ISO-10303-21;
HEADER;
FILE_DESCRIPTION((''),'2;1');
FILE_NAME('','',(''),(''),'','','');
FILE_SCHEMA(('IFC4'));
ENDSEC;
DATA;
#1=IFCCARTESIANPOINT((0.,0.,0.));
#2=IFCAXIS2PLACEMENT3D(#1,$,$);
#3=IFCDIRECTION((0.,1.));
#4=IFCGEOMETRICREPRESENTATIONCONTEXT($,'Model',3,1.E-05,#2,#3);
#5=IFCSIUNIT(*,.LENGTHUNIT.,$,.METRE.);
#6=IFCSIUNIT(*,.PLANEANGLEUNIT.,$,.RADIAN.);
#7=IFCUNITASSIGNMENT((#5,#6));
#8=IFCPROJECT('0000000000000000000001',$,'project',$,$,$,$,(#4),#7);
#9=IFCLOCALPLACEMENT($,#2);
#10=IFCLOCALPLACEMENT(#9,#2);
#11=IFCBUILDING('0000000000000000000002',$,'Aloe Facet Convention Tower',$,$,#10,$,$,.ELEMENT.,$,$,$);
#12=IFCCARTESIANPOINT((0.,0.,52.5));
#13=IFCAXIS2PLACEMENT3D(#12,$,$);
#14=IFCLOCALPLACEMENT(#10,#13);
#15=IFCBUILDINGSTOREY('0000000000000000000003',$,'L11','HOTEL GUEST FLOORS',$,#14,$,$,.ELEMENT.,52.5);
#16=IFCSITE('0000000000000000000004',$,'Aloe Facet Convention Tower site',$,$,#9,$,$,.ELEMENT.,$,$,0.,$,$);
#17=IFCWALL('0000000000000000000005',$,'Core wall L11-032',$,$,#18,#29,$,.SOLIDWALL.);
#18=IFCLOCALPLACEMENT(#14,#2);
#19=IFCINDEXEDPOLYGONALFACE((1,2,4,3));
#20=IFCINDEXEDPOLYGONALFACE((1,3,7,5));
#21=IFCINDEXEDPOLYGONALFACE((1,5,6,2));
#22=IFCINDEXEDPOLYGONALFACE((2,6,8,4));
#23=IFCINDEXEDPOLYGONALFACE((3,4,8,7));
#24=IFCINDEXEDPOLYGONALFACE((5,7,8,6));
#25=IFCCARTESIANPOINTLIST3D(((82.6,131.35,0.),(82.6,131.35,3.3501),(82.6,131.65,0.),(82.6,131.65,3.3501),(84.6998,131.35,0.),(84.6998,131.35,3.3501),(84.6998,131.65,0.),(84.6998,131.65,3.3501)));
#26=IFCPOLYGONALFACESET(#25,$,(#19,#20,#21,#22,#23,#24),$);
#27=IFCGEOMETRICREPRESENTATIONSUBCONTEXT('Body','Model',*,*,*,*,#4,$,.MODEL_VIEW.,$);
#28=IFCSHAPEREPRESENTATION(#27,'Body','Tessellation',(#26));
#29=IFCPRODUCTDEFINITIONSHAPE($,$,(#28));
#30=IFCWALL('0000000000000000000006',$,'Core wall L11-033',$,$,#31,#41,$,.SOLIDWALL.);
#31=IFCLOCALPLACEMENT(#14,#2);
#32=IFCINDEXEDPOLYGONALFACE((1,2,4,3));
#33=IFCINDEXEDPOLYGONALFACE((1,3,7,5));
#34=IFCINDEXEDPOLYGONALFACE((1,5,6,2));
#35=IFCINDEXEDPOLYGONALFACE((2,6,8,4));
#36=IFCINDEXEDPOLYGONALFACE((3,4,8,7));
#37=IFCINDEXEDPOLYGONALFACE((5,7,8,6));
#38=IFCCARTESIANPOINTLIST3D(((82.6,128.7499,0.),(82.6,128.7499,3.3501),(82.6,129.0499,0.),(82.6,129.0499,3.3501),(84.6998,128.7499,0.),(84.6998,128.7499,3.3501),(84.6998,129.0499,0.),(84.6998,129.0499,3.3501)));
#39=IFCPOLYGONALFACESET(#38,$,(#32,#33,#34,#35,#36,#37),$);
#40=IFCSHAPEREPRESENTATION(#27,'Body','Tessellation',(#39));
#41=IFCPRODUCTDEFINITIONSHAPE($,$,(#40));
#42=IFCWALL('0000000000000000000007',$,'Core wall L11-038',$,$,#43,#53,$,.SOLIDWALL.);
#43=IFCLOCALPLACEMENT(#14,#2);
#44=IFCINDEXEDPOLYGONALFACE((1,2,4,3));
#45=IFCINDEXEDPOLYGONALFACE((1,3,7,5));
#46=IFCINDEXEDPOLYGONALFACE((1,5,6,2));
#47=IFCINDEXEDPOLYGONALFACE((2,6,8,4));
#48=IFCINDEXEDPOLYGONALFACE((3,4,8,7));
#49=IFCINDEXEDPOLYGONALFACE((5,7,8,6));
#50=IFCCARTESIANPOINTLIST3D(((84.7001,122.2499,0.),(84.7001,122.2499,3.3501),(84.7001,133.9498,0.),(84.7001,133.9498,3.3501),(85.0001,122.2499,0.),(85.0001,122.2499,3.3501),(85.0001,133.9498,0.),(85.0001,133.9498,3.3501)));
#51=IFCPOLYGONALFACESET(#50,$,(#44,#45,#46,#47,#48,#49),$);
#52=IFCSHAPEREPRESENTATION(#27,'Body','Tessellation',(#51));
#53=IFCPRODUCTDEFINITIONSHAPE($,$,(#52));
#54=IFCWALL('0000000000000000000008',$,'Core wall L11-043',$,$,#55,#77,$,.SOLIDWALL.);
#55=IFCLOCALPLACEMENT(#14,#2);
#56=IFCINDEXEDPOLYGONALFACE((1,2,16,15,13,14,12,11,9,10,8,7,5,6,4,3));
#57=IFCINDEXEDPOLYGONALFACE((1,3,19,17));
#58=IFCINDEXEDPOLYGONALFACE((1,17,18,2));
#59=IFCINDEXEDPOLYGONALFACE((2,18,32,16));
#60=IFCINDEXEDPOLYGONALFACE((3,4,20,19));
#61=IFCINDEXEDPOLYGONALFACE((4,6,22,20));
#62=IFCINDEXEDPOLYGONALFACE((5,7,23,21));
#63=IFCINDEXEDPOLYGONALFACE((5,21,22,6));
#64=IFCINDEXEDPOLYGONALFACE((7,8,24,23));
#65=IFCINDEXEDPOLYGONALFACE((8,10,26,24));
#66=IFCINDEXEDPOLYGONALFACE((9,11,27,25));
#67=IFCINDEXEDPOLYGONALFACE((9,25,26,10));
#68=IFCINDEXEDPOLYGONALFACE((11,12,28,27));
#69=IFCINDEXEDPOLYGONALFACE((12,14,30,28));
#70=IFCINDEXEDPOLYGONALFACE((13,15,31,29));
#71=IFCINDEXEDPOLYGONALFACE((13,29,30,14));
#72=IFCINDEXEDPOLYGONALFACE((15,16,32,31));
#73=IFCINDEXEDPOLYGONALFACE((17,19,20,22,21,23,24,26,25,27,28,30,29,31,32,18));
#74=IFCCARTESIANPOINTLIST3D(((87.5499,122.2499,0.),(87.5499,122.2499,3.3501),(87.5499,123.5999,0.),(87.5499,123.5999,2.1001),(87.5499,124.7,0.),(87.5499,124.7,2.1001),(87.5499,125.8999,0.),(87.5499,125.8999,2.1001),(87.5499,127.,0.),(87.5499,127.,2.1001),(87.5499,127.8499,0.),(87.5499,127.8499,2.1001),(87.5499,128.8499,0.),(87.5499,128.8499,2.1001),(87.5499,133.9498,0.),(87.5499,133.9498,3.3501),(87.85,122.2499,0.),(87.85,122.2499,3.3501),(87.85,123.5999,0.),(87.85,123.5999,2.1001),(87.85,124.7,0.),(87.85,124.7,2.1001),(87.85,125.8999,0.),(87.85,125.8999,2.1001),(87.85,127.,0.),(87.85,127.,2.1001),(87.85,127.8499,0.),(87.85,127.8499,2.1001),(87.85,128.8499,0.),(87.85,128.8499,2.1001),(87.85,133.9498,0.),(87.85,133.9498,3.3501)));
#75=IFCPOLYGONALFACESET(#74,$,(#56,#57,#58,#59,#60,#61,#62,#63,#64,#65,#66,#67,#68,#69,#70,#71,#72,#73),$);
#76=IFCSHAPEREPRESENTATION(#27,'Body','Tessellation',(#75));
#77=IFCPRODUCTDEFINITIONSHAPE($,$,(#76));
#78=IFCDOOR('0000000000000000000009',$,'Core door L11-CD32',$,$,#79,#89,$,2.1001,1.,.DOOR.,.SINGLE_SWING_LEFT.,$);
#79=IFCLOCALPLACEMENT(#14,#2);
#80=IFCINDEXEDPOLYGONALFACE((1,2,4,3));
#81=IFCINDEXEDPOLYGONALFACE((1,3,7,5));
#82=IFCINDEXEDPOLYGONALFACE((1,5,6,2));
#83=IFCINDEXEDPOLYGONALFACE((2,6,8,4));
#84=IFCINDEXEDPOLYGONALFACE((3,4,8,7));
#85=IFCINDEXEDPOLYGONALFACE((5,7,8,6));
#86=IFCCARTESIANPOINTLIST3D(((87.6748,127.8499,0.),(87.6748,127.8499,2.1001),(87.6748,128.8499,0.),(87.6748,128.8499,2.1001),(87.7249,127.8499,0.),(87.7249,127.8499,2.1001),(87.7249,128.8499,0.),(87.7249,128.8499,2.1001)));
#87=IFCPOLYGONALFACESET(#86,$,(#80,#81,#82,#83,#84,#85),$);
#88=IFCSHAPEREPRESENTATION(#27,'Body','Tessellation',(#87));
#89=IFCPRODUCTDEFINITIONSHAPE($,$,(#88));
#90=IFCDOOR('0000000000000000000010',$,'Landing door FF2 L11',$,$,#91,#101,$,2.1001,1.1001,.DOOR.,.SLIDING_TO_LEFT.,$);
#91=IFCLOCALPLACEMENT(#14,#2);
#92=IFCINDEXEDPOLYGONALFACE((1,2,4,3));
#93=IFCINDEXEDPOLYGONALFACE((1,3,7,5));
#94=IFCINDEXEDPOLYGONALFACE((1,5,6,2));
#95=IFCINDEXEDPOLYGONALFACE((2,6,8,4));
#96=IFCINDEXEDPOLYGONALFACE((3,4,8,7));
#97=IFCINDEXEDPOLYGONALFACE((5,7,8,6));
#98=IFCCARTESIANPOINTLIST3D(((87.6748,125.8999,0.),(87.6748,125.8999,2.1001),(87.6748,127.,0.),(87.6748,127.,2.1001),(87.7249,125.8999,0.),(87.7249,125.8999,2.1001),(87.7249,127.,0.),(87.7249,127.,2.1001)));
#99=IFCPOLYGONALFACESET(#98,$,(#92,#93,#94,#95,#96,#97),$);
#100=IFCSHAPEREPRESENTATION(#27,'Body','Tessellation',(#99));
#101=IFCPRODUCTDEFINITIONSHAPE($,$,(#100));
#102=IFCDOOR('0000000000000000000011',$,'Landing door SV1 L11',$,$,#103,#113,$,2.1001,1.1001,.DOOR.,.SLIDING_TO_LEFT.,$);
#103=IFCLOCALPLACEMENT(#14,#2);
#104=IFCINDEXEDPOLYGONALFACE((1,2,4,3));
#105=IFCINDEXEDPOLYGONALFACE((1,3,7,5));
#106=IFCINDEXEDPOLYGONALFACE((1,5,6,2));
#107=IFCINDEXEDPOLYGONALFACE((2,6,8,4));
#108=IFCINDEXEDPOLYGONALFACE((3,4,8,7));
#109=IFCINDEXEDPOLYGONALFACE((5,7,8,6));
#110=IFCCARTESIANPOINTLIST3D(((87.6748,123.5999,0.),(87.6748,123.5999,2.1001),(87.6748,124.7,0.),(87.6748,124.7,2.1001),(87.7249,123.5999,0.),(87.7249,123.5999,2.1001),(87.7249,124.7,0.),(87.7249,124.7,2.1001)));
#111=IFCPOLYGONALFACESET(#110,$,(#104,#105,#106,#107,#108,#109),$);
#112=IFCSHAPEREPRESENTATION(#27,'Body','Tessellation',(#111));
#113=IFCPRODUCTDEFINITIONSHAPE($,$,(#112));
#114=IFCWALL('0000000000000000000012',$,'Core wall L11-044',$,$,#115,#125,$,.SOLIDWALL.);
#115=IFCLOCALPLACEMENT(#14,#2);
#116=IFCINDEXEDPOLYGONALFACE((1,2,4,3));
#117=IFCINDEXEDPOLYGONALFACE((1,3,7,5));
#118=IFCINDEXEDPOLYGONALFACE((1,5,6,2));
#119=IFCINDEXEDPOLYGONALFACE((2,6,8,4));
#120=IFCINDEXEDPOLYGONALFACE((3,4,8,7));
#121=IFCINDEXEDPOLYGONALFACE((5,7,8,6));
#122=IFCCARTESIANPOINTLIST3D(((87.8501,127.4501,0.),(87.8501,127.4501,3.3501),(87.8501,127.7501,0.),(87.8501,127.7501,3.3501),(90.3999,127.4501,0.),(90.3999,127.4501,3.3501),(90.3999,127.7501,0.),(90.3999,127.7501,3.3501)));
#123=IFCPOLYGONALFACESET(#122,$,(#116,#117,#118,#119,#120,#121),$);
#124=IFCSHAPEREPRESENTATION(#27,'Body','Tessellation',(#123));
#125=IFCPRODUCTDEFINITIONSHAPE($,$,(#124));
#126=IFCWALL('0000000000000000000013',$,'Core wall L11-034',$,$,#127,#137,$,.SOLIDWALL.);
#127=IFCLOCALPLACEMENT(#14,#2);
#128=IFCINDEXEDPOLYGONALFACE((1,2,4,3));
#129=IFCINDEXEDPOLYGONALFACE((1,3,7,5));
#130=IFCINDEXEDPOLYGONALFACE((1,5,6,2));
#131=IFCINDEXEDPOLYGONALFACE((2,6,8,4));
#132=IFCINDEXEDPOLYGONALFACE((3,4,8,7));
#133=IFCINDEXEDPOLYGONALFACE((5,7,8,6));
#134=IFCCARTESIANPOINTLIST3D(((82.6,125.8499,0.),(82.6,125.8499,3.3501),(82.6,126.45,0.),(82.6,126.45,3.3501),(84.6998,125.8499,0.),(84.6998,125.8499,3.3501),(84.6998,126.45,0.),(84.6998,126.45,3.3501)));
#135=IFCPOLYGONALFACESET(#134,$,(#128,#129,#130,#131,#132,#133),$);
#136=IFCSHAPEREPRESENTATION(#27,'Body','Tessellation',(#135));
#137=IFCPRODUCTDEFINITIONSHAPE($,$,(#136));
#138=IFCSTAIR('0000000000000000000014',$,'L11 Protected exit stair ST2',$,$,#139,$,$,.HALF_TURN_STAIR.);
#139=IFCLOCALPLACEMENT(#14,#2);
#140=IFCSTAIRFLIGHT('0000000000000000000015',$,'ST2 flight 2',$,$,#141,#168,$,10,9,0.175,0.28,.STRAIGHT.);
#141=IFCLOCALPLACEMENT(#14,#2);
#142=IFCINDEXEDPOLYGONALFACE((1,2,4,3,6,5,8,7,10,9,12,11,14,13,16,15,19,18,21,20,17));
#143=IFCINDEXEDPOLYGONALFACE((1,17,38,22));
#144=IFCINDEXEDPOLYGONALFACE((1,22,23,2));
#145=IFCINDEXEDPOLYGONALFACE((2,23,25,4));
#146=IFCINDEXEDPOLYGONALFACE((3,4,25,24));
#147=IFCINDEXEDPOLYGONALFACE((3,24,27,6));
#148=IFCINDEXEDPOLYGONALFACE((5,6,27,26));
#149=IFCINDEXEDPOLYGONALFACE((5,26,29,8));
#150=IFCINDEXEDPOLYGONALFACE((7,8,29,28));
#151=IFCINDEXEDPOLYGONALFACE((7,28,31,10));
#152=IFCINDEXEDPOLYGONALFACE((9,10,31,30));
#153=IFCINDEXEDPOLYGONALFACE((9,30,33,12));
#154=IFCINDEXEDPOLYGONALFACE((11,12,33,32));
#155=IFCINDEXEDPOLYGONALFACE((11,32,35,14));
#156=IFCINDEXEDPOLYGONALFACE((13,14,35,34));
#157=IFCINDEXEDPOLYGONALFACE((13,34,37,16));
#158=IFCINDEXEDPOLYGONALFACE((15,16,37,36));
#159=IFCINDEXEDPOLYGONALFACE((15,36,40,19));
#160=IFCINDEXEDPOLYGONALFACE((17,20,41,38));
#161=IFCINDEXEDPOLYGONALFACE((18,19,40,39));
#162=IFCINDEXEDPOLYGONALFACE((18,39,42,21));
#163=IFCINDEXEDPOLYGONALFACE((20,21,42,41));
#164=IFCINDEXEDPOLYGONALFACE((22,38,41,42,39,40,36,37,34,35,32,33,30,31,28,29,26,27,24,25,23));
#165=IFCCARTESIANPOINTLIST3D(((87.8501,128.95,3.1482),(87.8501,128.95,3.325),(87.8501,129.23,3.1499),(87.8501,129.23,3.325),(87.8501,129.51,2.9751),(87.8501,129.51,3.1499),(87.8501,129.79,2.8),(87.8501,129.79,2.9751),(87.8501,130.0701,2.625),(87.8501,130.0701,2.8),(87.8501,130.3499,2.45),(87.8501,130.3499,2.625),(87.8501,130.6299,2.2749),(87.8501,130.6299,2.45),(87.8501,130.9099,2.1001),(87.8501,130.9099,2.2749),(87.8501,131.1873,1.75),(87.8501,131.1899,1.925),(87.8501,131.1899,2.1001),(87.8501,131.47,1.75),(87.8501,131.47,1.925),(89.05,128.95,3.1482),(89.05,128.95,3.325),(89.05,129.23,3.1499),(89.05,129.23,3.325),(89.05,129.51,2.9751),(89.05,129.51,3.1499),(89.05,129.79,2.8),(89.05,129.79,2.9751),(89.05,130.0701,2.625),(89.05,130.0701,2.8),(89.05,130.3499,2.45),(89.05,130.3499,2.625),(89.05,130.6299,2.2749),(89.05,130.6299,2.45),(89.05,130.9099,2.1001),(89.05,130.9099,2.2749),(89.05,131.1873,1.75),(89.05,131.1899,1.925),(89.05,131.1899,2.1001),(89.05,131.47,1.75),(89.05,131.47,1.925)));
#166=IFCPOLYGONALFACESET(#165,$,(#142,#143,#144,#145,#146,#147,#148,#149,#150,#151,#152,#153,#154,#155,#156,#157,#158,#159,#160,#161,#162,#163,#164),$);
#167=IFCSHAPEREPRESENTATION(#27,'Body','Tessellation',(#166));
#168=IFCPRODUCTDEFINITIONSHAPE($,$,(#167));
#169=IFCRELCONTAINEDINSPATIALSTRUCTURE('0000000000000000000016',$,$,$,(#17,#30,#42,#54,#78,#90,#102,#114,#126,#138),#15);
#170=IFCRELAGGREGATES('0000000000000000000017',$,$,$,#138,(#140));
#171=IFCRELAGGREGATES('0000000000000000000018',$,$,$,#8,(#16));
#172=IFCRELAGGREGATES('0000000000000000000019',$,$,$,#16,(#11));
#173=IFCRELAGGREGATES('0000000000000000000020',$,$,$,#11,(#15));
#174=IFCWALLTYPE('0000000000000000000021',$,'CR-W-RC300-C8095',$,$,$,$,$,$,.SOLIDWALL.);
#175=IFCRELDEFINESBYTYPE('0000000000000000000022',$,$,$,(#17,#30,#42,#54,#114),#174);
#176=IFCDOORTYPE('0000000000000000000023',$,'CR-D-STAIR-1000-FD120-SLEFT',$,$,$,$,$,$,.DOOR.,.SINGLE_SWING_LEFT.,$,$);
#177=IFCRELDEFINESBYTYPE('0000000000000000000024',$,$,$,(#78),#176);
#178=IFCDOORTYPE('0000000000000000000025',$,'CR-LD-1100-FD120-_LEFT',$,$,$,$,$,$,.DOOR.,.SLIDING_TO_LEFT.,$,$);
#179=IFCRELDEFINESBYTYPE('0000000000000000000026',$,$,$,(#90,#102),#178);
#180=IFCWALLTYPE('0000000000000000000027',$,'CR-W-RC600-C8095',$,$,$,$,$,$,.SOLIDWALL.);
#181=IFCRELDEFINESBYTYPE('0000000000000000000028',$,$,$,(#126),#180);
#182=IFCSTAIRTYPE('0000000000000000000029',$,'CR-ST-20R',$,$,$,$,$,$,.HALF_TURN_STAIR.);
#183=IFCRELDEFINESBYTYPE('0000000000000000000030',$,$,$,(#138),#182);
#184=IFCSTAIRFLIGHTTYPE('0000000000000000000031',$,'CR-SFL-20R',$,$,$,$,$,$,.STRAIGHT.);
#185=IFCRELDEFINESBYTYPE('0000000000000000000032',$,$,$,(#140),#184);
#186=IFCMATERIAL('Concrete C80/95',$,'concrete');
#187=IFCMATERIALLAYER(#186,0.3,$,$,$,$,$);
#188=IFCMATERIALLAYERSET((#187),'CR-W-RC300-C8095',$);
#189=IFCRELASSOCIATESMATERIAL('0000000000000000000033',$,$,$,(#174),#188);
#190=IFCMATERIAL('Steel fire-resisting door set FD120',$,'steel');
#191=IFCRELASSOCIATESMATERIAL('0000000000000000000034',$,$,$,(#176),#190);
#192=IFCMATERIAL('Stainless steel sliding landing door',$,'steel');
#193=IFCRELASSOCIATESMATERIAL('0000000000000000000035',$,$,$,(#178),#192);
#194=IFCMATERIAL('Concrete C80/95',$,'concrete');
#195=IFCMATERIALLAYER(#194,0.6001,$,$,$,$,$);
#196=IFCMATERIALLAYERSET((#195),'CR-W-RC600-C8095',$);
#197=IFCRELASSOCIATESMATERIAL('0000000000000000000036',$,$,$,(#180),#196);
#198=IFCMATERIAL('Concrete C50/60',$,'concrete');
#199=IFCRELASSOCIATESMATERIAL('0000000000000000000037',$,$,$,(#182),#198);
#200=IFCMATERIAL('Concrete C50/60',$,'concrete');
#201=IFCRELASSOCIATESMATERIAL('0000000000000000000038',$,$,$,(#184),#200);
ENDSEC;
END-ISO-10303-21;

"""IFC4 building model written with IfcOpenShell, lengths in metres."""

from ifc_helpers import new_model, si_unit, direction, frame, frame_2d, origin, place, context, subcontext, project, spatial, polyline, rectangle, outline, extrude, material, layer, layer_set, type_object, element, fill, aggregate, save


model = new_model("IFC4")

# Units and contexts
model_context = context("Model", 3, precision=1e-05, world=origin(), true_north=direction((0.0, 1.0)))
body_context = subcontext(model_context, "Body", "Model", "MODEL_VIEW")
ifc_project = project(units=[si_unit("LENGTHUNIT", "METRE"), si_unit("PLANEANGLEUNIT", "RADIAN")], contexts=[model_context])

# Site, building, storey
site_placement = place(None, origin())
site = spatial("IfcSite", under=ifc_project, at=site_placement, Name="Aloe Facet Convention Tower site", CompositionType="ELEMENT", RefElevation=0.0)
building_placement = place(site_placement, origin())
building = spatial("IfcBuilding", under=site, at=building_placement, Name="Aloe Facet Convention Tower", CompositionType="ELEMENT")
storey_placement = place(building_placement, frame((0.0, 0.0, 52.5)))
storey = spatial("IfcBuildingStorey", under=building, at=storey_placement, Name="L11", Description="HOTEL GUEST FLOORS", CompositionType="ELEMENT", Elevation=52.5)

# Shared definitions
ifc_material_1 = material(Name="Concrete C80/95", Category="concrete")
ifc_layer_1 = layer(ifc_material_1, 0.3)
ifc_layer_set_1 = layer_set([ifc_layer_1], Name="CR-W-RC300-C8095")
wall_type_1 = type_object("IfcWallType", Name="CR-W-RC300-C8095", PredefinedType="SOLIDWALL", material=ifc_layer_set_1)
ifc_material_2 = material(Name="Steel fire-resisting door set FD120", Category="steel")
door_type_1 = type_object("IfcDoorType", Name="CR-D-STAIR-1000-FD120-SLEFT", OperationType="SINGLE_SWING_LEFT", PredefinedType="DOOR", material=ifc_material_2)

# Walls
for number, where, z_axis, x_axis, name in (
    (1, (82.6001, 131.5, 0.0), (0.0, 0.0, 1.0), (1.0, 0.0, 0.0), "Core wall L11-032"),
    (2, (82.6001, 128.8999, 0.0), (0.0, 0.0, 1.0), (1.0, 0.0, 0.0), "Core wall L11-033"),
):
    element("IfcWall", number, at=place(storey_placement, frame(where, z_axis=z_axis, x_axis=x_axis)), inside=storey, type_object=wall_type_1, Name=name, PredefinedType="SOLIDWALL", context=body_context, shape_type="SweptSolid", body=[
        extrude(rectangle(XDim=2.0999, YDim=0.3, at=frame_2d((1.0498, 0.0))), origin(), (0.0, 0.0, 1.0), 3.3501),
    ])
wall_1_placement = place(storey_placement, frame((84.8501, 133.95, 0.0), z_axis=(0.0, 0.0, 1.0), x_axis=(0.0, -1.0, 0.0)))
element("IfcWall", 3, at=wall_1_placement, inside=storey, type_object=wall_type_1, Name="Core wall L11-038", PredefinedType="SOLIDWALL", context=body_context, shape_type="SweptSolid", body=[
    extrude(rectangle(XDim=11.7, YDim=0.3, at=frame_2d((5.8501, 0.0))), origin(), (0.0, 0.0, 1.0), 3.3501),
])

# Wall, openings, doors
wall_2_placement = place(storey_placement, frame((87.7, 133.95, 0.0), z_axis=(0.0, 0.0, 1.0), x_axis=(0.0, -1.0, 0.0)))
wall_2 = element("IfcWall", 4, at=wall_2_placement, inside=storey, type_object=wall_type_1, Name="Core wall L11-043", PredefinedType="SOLIDWALL", context=body_context, shape_type="SweptSolid", body=[
    extrude(rectangle(XDim=11.7, YDim=0.3, at=frame_2d((5.8501, 0.0))), origin(), (0.0, 0.0, 1.0), 3.3501),
])
opening_1_placement = place(wall_2_placement, frame((6.95, 0.0, 0.0)))
opening_1 = element("IfcOpeningElement", 5, at=opening_1_placement, cuts=wall_2, PredefinedType="OPENING", context=body_context, shape_type="SweptSolid", body=[
    extrude(rectangle(XDim=1.1001, YDim=2.1001, at=frame_2d((0.55, 1.05))), frame((0.0, 0.1602, 0.0), z_axis=(0.0, -1.0, 0.0), x_axis=(1.0, 0.0, 0.0)), (0.0, 0.0, 1.0), 0.3201),
])
opening_2_placement = place(wall_2_placement, frame((5.1001, 0.0, 0.0)))
opening_2 = element("IfcOpeningElement", 6, at=opening_2_placement, cuts=wall_2, PredefinedType="OPENING", context=body_context, shape_type="SweptSolid", body=[
    extrude(rectangle(XDim=1.0, YDim=2.1001, at=frame_2d((0.5, 1.05))), frame((0.0, 0.1602, 0.0), z_axis=(0.0, -1.0, 0.0), x_axis=(1.0, 0.0, 0.0)), (0.0, 0.0, 1.0), 0.3201),
])
opening_3_placement = place(wall_2_placement, frame((9.25, 0.0, 0.0)))
opening_3 = element("IfcOpeningElement", 7, at=opening_3_placement, cuts=wall_2, PredefinedType="OPENING", context=body_context, shape_type="SweptSolid", body=[
    extrude(rectangle(XDim=1.1001, YDim=2.1001, at=frame_2d((0.55, 1.05))), frame((0.0, 0.1602, 0.0), z_axis=(0.0, -1.0, 0.0), x_axis=(1.0, 0.0, 0.0)), (0.0, 0.0, 1.0), 0.3201),
])
door_1_placement = place(opening_2_placement, origin())
door_1 = element("IfcDoor", 8, at=door_1_placement, inside=storey, type_object=door_type_1, Name="Core door L11-CD32", OperationType="SINGLE_SWING_LEFT", OverallHeight=2.1001, OverallWidth=1.0, PredefinedType="DOOR", context=body_context, shape_type="SweptSolid", body=[
    extrude(rectangle(XDim=1.0, YDim=2.1001, at=frame_2d((0.5, 1.05))), frame((0.0, 0.0249, 0.0), z_axis=(0.0, -1.0, 0.0), x_axis=(1.0, 0.0, 0.0)), (0.0, 0.0, 1.0), 0.05),
])
fill(opening_2, door_1)
ifc_material_3 = material(Name="Stainless steel sliding landing door", Category="steel")
door_type_2 = type_object("IfcDoorType", Name="CR-LD-1100-FD120-_LEFT", OperationType="SLIDING_TO_LEFT", PredefinedType="DOOR", material=ifc_material_3)
door_2_placement = place(opening_1_placement, origin())
door_2 = element("IfcDoor", 9, at=door_2_placement, inside=storey, type_object=door_type_2, Name="Landing door FF2 L11", OperationType="SLIDING_TO_LEFT", OverallHeight=2.1001, OverallWidth=1.1001, PredefinedType="DOOR", context=body_context, shape_type="SweptSolid", body=[
    extrude(rectangle(XDim=1.1001, YDim=2.1001, at=frame_2d((0.55, 1.05))), frame((0.0, 0.0249, 0.0), z_axis=(0.0, -1.0, 0.0), x_axis=(1.0, 0.0, 0.0)), (0.0, 0.0, 1.0), 0.05),
])
fill(opening_1, door_2)
door_3_placement = place(opening_3_placement, origin())
door_3 = element("IfcDoor", 10, at=door_3_placement, inside=storey, type_object=door_type_2, Name="Landing door SV1 L11", OperationType="SLIDING_TO_LEFT", OverallHeight=2.1001, OverallWidth=1.1001, PredefinedType="DOOR", context=body_context, shape_type="SweptSolid", body=[
    extrude(rectangle(XDim=1.1001, YDim=2.1001, at=frame_2d((0.55, 1.05))), frame((0.0, 0.0249, 0.0), z_axis=(0.0, -1.0, 0.0), x_axis=(1.0, 0.0, 0.0)), (0.0, 0.0, 1.0), 0.05),
])
fill(opening_3, door_3)

# Walls
wall_3_placement = place(storey_placement, frame((87.8501, 127.6001, 0.0), z_axis=(0.0, 0.0, 1.0), x_axis=(1.0, 0.0, 0.0)))
element("IfcWall", 11, at=wall_3_placement, inside=storey, type_object=wall_type_1, Name="Core wall L11-044", PredefinedType="SOLIDWALL", context=body_context, shape_type="SweptSolid", body=[
    extrude(rectangle(XDim=2.5498, YDim=0.3, at=frame_2d((1.2749, 0.0))), origin(), (0.0, 0.0, 1.0), 3.3501),
])
ifc_material_4 = material(Name="Concrete C80/95", Category="concrete")
ifc_layer_2 = layer(ifc_material_4, 0.6001)
ifc_layer_set_2 = layer_set([ifc_layer_2], Name="CR-W-RC600-C8095")
wall_type_2 = type_object("IfcWallType", Name="CR-W-RC600-C8095", PredefinedType="SOLIDWALL", material=ifc_layer_set_2)
wall_4_placement = place(storey_placement, frame((82.6001, 126.1499, 0.0), z_axis=(0.0, 0.0, 1.0), x_axis=(1.0, 0.0, 0.0)))
element("IfcWall", 12, at=wall_4_placement, inside=storey, type_object=wall_type_2, Name="Core wall L11-034", PredefinedType="SOLIDWALL", context=body_context, shape_type="SweptSolid", body=[
    extrude(rectangle(XDim=2.0999, YDim=0.6001, at=frame_2d((1.0498, 0.0))), origin(), (0.0, 0.0, 1.0), 3.3501),
])

# Stair, stair flight
ifc_material_5 = material(Name="Concrete C50/60", Category="concrete")
stair_type = type_object("IfcStairType", Name="CR-ST-20R", PredefinedType="HALF_TURN_STAIR", material=ifc_material_5)
stair_placement = place(storey_placement, origin())
stair = element("IfcStair", 13, at=stair_placement, inside=storey, type_object=stair_type, Name="L11 Protected exit stair ST2", PredefinedType="HALF_TURN_STAIR")
ifc_material_6 = material(Name="Concrete C50/60", Category="concrete")
stair_flight_type = type_object("IfcStairFlightType", Name="CR-SFL-20R", PredefinedType="STRAIGHT", material=ifc_material_6)
stair_flight_placement = place(storey_placement, frame((88.45, 131.47, 1.75), z_axis=(0.0, 0.0, 1.0), x_axis=(0.0, -1.0, 0.0)))
stair_flight = element("IfcStairFlight", 14, at=stair_flight_placement, type_object=stair_flight_type, Name="ST2 flight 2", NumberOfRisers=10, NumberOfTreads=9, PredefinedType="STRAIGHT", RiserHeight=0.175, TreadLength=0.28, context=body_context, shape_type="SweptSolid", body=[
    extrude(outline(polyline([(0.0, 0.0), (0.0, 0.175), (0.28, 0.175), (0.28, 0.3501), (0.5601, 0.3501), (0.5601, 0.5249), (0.8401, 0.5249), (0.8401, 0.7), (1.1201, 0.7), (1.1201, 0.875), (1.3999, 0.875), (1.3999, 1.05), (1.6799, 1.05), (1.6799, 1.2251), (1.96, 1.2251), (1.96, 1.3999), (2.24, 1.3999), (2.24, 1.575), (2.52, 1.575), (2.52, 1.75), (2.52, 1.3982), (0.2827, 0.0), (0.0, 0.0)])), frame((0.0, 0.6001, 0.0), z_axis=(0.0, -1.0, 0.0), x_axis=(1.0, 0.0, 0.0)), (0.0, 0.0, 1.0), 1.2),
])
aggregate(stair, [stair_flight])

save(model, "model.ifc")
